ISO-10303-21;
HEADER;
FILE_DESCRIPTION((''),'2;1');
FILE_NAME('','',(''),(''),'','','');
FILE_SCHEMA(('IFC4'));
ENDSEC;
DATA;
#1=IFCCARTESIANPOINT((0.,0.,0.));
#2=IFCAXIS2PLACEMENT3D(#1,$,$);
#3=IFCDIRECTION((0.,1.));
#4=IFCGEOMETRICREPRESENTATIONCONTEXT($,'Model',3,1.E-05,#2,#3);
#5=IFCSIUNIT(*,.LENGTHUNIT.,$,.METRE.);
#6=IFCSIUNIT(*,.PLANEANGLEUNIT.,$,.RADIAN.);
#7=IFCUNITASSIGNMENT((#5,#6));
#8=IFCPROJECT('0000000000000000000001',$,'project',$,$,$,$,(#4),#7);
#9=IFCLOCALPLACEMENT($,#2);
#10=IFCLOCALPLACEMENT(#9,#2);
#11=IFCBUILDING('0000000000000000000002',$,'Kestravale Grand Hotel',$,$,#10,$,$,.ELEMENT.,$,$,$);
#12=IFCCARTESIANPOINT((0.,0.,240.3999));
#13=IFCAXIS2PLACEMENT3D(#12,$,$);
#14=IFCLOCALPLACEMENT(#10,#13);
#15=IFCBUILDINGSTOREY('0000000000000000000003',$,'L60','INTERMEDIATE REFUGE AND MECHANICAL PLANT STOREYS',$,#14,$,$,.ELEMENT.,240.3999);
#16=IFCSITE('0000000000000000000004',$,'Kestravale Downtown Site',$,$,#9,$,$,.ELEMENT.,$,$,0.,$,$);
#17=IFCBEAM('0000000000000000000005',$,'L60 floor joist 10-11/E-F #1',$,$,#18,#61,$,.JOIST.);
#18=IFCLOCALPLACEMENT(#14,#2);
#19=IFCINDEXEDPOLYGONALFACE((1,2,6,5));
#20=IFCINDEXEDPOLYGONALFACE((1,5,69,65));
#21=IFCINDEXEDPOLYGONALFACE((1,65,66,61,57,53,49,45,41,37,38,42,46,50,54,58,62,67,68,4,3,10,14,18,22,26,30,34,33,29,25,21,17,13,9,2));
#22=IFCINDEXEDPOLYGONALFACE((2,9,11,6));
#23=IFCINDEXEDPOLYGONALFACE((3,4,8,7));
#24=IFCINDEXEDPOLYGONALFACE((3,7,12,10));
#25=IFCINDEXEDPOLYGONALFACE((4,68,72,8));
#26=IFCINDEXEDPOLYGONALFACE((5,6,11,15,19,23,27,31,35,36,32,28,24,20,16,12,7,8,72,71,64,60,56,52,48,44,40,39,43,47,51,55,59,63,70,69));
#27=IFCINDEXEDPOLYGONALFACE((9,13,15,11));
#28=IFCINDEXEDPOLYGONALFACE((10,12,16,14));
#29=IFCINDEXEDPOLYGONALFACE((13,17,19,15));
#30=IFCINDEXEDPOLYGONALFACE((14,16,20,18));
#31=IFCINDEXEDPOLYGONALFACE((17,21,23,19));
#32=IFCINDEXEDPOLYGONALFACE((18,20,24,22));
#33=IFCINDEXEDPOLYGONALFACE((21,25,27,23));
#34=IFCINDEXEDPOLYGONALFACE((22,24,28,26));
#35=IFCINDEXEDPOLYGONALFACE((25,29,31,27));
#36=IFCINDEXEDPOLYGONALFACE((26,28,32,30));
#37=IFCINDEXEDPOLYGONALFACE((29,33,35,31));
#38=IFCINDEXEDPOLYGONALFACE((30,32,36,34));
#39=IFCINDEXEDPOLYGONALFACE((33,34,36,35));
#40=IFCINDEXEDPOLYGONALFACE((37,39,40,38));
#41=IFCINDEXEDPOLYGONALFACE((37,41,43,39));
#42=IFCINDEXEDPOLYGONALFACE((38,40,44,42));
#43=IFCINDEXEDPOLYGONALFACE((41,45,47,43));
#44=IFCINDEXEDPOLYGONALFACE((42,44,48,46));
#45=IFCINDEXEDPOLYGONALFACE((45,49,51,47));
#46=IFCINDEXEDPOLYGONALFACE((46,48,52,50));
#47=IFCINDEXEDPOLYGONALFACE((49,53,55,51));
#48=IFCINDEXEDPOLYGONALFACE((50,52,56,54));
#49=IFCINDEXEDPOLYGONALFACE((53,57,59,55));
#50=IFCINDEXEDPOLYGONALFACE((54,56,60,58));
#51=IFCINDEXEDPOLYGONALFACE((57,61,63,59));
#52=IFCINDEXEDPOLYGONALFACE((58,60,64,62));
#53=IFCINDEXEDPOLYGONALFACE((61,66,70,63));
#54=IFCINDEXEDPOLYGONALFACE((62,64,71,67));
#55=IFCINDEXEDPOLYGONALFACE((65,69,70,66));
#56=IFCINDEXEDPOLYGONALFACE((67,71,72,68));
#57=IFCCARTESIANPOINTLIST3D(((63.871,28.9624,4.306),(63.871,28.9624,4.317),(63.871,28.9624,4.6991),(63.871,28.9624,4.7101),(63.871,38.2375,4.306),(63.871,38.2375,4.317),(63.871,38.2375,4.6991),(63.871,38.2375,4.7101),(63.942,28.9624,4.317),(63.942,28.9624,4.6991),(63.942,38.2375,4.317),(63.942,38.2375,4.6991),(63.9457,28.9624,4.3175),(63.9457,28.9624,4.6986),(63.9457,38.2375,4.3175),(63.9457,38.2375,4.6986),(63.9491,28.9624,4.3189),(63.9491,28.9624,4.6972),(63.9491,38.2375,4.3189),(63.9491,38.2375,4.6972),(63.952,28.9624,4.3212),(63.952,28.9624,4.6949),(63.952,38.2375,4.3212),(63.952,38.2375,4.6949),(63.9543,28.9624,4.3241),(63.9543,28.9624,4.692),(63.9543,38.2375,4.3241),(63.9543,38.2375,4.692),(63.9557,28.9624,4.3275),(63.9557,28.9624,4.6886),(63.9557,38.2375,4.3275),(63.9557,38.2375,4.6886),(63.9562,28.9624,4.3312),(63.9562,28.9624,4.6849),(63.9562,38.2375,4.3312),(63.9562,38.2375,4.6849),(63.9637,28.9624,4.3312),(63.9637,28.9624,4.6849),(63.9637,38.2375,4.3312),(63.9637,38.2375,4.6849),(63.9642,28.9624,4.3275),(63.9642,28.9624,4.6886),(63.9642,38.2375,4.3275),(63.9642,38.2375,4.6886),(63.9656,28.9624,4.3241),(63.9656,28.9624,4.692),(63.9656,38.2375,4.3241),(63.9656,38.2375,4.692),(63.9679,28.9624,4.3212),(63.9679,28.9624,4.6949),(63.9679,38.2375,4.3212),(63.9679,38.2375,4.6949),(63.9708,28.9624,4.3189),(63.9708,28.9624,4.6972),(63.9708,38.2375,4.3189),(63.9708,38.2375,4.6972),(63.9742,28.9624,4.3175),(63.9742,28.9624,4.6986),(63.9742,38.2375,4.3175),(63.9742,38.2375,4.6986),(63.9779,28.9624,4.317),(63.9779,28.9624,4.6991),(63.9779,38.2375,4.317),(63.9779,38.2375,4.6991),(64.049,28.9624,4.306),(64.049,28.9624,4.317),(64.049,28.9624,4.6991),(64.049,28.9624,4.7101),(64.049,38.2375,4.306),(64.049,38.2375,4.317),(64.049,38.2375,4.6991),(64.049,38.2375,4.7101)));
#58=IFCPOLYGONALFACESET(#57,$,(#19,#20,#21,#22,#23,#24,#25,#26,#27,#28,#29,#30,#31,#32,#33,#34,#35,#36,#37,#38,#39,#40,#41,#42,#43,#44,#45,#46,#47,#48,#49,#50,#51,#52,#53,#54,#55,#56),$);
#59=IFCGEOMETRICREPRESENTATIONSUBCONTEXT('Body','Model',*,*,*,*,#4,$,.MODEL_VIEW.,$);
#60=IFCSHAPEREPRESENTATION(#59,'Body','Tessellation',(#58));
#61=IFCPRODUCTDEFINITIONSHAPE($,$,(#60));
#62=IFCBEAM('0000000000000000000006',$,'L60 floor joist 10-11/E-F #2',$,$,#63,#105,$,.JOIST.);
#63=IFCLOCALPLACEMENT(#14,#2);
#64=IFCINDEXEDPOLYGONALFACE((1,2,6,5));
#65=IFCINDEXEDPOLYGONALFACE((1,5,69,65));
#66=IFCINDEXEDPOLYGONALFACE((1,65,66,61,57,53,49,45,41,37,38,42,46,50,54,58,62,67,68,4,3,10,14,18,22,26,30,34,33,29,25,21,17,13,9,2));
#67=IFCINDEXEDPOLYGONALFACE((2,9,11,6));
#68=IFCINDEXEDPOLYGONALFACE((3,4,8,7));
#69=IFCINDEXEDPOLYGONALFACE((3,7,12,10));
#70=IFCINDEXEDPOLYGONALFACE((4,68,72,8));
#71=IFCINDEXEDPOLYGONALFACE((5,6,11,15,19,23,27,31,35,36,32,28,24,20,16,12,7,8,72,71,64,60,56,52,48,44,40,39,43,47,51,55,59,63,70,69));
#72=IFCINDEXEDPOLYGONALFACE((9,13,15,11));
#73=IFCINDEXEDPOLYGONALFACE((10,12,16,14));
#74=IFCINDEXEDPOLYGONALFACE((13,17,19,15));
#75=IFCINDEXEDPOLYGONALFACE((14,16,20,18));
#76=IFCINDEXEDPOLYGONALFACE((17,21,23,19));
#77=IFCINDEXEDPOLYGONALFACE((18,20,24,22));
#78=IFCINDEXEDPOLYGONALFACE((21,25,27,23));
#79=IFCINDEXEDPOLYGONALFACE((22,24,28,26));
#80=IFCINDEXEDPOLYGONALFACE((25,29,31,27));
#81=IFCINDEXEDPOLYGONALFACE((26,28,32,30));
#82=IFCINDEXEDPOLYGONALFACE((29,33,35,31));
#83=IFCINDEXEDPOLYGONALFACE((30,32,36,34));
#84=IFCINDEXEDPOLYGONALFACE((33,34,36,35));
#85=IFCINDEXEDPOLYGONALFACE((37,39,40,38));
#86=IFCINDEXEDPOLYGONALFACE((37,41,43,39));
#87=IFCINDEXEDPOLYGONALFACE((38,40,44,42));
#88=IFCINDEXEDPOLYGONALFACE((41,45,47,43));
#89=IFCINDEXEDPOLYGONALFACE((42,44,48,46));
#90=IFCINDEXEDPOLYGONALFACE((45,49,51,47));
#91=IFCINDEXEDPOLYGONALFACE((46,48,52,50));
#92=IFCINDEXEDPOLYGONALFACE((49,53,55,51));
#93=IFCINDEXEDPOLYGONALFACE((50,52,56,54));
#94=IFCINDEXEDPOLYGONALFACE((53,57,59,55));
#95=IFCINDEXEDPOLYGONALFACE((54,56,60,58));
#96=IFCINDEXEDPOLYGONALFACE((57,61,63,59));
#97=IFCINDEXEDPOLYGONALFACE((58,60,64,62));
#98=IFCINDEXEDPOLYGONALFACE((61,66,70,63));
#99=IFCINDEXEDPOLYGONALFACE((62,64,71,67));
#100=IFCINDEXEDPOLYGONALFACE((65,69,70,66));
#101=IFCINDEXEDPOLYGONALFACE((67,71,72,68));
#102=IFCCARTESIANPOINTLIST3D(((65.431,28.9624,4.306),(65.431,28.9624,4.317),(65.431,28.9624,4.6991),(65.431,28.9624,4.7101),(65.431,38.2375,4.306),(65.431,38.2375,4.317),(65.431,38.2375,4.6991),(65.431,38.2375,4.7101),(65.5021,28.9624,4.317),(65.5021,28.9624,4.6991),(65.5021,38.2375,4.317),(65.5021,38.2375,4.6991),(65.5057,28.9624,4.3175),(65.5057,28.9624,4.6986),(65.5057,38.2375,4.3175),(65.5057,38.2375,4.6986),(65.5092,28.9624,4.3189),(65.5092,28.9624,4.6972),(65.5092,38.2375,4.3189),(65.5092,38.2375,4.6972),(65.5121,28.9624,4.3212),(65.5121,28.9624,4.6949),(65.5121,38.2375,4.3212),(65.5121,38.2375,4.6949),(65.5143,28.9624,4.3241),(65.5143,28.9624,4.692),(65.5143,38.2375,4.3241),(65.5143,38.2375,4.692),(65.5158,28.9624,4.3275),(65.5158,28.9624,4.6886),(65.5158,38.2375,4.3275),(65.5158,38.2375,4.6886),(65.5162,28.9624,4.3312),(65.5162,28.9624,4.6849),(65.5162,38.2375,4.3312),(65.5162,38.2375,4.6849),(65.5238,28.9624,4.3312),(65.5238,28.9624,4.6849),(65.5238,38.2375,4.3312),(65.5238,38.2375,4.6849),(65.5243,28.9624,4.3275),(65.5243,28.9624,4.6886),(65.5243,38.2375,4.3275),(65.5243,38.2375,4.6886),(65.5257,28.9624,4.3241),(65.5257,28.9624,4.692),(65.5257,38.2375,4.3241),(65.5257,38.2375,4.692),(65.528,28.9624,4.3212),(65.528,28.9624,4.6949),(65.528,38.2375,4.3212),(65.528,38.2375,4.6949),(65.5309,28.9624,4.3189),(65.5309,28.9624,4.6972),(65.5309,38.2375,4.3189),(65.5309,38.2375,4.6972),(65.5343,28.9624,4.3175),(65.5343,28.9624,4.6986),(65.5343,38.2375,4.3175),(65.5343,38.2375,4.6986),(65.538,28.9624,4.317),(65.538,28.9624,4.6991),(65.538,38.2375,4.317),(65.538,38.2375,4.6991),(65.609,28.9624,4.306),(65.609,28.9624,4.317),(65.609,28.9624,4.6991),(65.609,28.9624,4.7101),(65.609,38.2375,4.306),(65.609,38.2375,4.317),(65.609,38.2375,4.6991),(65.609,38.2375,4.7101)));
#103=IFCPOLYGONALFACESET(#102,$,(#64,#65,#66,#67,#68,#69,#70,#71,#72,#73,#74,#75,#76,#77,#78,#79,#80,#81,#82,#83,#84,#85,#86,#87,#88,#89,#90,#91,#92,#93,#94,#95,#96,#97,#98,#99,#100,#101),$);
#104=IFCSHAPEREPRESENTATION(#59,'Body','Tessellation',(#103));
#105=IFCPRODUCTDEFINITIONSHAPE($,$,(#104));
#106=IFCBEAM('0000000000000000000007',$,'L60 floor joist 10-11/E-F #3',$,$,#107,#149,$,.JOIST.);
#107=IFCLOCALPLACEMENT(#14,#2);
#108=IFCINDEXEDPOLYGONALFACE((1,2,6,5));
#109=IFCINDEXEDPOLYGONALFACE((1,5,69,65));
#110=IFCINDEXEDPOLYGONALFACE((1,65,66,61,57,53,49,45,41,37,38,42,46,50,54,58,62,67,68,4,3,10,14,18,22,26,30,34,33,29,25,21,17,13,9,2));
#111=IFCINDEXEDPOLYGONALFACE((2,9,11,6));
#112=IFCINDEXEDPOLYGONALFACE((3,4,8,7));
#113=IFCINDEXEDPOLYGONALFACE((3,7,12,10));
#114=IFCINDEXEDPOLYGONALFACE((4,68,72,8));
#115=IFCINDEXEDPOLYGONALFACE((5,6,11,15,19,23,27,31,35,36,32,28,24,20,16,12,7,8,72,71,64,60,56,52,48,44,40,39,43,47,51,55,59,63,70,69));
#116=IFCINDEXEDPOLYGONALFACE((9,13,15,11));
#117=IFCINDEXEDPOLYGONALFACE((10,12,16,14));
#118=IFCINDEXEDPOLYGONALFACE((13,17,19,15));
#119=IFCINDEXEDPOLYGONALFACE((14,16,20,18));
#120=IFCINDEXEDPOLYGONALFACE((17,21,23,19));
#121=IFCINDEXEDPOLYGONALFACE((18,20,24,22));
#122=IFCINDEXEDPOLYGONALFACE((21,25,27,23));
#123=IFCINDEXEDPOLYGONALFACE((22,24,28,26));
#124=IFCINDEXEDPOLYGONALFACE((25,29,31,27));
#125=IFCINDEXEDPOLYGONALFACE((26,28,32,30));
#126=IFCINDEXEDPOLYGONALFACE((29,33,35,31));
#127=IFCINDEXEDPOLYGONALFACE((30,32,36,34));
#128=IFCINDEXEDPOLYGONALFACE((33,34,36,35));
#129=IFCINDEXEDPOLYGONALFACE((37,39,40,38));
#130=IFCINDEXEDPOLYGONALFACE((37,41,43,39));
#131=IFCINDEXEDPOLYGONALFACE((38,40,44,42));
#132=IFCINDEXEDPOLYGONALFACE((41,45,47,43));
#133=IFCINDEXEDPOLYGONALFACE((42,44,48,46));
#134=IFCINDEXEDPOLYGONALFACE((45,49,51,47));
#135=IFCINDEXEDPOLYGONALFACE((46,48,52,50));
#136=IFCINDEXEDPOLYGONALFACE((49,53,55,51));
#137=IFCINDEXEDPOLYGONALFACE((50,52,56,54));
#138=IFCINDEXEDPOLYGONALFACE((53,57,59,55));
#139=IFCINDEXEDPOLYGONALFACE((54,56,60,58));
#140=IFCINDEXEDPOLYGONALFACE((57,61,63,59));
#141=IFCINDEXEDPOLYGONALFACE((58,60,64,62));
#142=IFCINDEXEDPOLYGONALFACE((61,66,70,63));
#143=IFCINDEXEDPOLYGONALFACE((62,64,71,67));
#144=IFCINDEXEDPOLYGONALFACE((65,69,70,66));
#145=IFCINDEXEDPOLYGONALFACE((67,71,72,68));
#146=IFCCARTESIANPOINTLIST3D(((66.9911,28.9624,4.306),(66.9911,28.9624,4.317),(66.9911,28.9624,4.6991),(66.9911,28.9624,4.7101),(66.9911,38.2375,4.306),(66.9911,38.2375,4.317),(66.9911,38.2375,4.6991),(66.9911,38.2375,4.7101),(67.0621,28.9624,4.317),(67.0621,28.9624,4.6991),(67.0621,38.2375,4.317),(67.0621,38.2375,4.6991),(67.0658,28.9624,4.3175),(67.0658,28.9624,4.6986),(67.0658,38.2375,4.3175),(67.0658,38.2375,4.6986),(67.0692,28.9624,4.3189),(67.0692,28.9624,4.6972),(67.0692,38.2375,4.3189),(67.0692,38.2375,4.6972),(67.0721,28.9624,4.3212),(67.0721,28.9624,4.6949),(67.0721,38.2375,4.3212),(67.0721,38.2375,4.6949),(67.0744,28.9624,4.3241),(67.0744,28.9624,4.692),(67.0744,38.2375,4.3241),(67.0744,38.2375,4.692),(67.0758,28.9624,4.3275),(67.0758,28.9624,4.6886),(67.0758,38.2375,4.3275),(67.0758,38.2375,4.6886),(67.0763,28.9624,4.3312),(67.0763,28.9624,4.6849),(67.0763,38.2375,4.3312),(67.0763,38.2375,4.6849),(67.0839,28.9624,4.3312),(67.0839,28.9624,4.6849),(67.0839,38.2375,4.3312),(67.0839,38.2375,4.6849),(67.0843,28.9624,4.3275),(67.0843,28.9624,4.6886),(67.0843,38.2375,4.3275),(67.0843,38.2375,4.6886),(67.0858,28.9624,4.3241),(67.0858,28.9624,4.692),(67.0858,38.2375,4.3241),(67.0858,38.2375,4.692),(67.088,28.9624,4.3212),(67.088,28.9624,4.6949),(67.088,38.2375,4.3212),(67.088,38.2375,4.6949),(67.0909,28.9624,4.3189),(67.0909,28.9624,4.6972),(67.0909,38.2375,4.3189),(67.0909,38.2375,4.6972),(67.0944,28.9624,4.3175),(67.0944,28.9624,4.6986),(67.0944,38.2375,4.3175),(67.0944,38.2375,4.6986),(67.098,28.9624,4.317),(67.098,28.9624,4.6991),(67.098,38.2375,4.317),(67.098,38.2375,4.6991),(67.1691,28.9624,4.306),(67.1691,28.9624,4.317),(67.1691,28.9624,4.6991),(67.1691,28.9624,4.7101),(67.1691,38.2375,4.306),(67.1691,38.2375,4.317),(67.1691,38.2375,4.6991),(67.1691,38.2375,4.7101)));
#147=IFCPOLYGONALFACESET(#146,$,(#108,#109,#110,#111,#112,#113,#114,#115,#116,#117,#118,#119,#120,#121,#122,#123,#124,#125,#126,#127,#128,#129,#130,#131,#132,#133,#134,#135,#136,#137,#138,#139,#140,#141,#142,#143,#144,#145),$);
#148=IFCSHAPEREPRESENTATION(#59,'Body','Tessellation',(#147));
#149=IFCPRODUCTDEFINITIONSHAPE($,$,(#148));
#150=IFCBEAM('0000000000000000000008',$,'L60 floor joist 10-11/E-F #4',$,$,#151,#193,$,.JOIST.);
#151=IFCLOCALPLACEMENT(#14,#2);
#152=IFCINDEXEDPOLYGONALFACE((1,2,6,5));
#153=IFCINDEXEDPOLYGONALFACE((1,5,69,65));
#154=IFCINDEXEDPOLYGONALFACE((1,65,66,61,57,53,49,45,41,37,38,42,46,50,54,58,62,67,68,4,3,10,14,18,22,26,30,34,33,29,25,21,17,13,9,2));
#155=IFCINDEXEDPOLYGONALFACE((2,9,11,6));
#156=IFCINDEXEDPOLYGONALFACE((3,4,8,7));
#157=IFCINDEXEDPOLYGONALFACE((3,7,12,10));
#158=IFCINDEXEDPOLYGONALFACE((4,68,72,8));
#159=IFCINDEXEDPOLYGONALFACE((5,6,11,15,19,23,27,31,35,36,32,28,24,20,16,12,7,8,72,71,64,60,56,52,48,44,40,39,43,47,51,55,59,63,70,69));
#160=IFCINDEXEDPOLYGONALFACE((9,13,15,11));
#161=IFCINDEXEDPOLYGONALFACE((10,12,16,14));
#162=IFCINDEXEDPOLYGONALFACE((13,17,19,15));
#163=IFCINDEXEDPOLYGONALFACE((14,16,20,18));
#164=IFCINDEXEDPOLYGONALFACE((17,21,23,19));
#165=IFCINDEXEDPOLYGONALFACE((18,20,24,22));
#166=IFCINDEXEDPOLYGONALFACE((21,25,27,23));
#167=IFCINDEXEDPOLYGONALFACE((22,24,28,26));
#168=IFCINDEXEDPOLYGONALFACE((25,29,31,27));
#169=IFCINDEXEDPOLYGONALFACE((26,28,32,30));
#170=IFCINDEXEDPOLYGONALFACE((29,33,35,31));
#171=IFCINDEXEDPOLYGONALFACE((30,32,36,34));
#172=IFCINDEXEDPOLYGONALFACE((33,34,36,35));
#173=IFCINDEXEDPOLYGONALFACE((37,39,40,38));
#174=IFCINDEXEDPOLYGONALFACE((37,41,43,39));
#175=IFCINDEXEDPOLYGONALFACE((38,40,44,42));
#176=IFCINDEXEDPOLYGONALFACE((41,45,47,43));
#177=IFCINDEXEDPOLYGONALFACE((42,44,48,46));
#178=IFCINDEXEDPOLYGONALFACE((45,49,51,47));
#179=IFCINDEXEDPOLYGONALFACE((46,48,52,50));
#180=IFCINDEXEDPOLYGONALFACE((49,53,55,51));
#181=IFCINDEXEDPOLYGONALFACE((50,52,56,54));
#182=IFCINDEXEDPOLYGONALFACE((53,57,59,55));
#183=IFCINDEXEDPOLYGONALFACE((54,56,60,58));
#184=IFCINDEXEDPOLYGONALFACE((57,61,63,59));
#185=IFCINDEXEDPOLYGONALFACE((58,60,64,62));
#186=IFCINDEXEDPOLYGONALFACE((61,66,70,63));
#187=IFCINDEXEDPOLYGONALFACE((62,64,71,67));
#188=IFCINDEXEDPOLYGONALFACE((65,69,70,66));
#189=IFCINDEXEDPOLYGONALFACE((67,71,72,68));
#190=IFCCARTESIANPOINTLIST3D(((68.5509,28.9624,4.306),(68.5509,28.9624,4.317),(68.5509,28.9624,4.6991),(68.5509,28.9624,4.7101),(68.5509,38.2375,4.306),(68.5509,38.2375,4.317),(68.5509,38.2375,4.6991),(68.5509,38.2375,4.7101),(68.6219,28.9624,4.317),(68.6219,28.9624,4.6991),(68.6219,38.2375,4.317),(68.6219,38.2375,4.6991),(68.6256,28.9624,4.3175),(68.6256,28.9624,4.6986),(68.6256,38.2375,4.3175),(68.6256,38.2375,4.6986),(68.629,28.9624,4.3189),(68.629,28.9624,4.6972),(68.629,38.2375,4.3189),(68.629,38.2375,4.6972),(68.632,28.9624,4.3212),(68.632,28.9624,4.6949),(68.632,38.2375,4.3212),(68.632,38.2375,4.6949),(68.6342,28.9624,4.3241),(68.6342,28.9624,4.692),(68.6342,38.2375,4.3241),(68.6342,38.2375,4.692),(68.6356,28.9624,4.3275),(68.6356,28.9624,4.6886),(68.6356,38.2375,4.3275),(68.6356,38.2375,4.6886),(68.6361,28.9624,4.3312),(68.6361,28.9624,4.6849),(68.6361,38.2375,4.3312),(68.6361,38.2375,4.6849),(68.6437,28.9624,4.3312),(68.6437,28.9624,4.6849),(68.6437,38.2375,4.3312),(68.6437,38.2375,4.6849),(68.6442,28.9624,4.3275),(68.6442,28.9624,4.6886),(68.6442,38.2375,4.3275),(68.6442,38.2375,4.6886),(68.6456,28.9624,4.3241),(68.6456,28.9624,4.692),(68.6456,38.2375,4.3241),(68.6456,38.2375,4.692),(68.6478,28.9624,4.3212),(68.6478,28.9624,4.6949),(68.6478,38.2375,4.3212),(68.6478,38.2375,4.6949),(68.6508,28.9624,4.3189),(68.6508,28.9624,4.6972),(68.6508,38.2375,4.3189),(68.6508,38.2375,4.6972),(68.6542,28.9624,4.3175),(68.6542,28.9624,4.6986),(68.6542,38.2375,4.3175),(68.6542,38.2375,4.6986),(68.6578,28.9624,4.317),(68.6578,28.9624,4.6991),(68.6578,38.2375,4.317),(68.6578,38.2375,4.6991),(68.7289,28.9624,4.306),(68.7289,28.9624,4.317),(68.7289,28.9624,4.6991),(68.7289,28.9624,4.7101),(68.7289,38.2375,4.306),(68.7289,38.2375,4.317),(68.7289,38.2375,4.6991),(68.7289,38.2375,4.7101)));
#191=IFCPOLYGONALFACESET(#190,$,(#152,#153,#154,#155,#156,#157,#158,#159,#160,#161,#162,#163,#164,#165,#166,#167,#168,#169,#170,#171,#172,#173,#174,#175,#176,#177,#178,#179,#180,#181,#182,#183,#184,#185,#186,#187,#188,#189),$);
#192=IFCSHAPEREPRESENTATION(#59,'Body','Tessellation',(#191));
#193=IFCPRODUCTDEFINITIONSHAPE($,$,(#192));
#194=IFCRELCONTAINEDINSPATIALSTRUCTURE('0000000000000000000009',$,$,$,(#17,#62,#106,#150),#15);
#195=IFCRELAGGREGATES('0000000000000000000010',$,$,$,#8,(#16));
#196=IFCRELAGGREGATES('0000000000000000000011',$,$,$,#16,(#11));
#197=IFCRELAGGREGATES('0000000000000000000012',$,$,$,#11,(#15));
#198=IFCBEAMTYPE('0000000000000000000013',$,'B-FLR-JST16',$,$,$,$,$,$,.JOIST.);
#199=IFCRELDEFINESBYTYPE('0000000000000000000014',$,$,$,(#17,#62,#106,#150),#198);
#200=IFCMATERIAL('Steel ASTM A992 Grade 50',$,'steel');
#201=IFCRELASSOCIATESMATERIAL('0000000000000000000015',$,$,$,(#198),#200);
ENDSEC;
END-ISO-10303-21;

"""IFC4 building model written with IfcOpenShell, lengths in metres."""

from ifc_helpers import new_model, si_unit, direction, frame, origin, origin_2d, place, context, subcontext, project, spatial, i_section, extrude, material, material_profile, profile_set, type_object, element, save


model = new_model("IFC4")

# Units and contexts
model_context = context("Model", 3, precision=1e-05, world=origin(), true_north=direction((0.0, 1.0)))
body_context = subcontext(model_context, "Body", "Model", "MODEL_VIEW")
ifc_project = project(units=[si_unit("LENGTHUNIT", "METRE"), si_unit("PLANEANGLEUNIT", "RADIAN")], contexts=[model_context])

# Site, building, storey
site_placement = place(None, origin())
site = spatial("IfcSite", under=ifc_project, at=site_placement, Name="Kestravale Downtown Site", CompositionType="ELEMENT", RefElevation=0.0)
building_placement = place(site_placement, origin())
building = spatial("IfcBuilding", under=site, at=building_placement, Name="Kestravale Grand Hotel", CompositionType="ELEMENT")
storey_placement = place(building_placement, frame((0.0, 0.0, 240.3999)))
storey = spatial("IfcBuildingStorey", under=building, at=storey_placement, Name="L60", Description="INTERMEDIATE REFUGE AND MECHANICAL PLANT STOREYS", CompositionType="ELEMENT", Elevation=240.3999)

# Beams
ifc_material_1 = material(Name="Steel ASTM A992 Grade 50", Category="steel")
ifc_material_profile_1 = material_profile(ifc_material_1, i_section(OverallWidth=0.178, OverallDepth=0.4041, WebThickness=0.0076, FlangeThickness=0.011, FilletRadius=0.0142, at=origin_2d()))
ifc_profile_set_1 = profile_set([ifc_material_profile_1], Name="Steel ASTM A992 Grade 50")
beam_type_1 = type_object("IfcBeamType", Name="B-FLR-JST16", PredefinedType="JOIST", material=ifc_profile_set_1)
for number, where, z_axis, x_axis, name in (
    (1, (63.96, 28.9624, 4.5081), (0.0, 1.0, 0.0), (-1.0, 0.0, 0.0), "L60 floor joist 10-11/E-F #1"),
    (2, (65.52, 28.9624, 4.5081), (0.0, 1.0, 0.0), (-1.0, 0.0, 0.0), "L60 floor joist 10-11/E-F #2"),
    (3, (67.0801, 28.9624, 4.5081), (0.0, 1.0, 0.0), (-1.0, 0.0, 0.0), "L60 floor joist 10-11/E-F #3"),
    (4, (68.6399, 28.9624, 4.5081), (0.0, 1.0, 0.0), (-1.0, 0.0, 0.0), "L60 floor joist 10-11/E-F #4"),
):
    element("IfcBeam", number, at=place(storey_placement, frame(where, z_axis=z_axis, x_axis=x_axis)), inside=storey, type_object=beam_type_1, Name=name, PredefinedType="JOIST", context=body_context, shape_type="SweptSolid", body=[
        extrude(i_section(OverallWidth=0.178, OverallDepth=0.4041, WebThickness=0.0076, FlangeThickness=0.011, FilletRadius=0.0142, at=origin_2d()), origin(), (0.0, 0.0, 1.0), 9.2751),
    ])

save(model, "model.ifc")
